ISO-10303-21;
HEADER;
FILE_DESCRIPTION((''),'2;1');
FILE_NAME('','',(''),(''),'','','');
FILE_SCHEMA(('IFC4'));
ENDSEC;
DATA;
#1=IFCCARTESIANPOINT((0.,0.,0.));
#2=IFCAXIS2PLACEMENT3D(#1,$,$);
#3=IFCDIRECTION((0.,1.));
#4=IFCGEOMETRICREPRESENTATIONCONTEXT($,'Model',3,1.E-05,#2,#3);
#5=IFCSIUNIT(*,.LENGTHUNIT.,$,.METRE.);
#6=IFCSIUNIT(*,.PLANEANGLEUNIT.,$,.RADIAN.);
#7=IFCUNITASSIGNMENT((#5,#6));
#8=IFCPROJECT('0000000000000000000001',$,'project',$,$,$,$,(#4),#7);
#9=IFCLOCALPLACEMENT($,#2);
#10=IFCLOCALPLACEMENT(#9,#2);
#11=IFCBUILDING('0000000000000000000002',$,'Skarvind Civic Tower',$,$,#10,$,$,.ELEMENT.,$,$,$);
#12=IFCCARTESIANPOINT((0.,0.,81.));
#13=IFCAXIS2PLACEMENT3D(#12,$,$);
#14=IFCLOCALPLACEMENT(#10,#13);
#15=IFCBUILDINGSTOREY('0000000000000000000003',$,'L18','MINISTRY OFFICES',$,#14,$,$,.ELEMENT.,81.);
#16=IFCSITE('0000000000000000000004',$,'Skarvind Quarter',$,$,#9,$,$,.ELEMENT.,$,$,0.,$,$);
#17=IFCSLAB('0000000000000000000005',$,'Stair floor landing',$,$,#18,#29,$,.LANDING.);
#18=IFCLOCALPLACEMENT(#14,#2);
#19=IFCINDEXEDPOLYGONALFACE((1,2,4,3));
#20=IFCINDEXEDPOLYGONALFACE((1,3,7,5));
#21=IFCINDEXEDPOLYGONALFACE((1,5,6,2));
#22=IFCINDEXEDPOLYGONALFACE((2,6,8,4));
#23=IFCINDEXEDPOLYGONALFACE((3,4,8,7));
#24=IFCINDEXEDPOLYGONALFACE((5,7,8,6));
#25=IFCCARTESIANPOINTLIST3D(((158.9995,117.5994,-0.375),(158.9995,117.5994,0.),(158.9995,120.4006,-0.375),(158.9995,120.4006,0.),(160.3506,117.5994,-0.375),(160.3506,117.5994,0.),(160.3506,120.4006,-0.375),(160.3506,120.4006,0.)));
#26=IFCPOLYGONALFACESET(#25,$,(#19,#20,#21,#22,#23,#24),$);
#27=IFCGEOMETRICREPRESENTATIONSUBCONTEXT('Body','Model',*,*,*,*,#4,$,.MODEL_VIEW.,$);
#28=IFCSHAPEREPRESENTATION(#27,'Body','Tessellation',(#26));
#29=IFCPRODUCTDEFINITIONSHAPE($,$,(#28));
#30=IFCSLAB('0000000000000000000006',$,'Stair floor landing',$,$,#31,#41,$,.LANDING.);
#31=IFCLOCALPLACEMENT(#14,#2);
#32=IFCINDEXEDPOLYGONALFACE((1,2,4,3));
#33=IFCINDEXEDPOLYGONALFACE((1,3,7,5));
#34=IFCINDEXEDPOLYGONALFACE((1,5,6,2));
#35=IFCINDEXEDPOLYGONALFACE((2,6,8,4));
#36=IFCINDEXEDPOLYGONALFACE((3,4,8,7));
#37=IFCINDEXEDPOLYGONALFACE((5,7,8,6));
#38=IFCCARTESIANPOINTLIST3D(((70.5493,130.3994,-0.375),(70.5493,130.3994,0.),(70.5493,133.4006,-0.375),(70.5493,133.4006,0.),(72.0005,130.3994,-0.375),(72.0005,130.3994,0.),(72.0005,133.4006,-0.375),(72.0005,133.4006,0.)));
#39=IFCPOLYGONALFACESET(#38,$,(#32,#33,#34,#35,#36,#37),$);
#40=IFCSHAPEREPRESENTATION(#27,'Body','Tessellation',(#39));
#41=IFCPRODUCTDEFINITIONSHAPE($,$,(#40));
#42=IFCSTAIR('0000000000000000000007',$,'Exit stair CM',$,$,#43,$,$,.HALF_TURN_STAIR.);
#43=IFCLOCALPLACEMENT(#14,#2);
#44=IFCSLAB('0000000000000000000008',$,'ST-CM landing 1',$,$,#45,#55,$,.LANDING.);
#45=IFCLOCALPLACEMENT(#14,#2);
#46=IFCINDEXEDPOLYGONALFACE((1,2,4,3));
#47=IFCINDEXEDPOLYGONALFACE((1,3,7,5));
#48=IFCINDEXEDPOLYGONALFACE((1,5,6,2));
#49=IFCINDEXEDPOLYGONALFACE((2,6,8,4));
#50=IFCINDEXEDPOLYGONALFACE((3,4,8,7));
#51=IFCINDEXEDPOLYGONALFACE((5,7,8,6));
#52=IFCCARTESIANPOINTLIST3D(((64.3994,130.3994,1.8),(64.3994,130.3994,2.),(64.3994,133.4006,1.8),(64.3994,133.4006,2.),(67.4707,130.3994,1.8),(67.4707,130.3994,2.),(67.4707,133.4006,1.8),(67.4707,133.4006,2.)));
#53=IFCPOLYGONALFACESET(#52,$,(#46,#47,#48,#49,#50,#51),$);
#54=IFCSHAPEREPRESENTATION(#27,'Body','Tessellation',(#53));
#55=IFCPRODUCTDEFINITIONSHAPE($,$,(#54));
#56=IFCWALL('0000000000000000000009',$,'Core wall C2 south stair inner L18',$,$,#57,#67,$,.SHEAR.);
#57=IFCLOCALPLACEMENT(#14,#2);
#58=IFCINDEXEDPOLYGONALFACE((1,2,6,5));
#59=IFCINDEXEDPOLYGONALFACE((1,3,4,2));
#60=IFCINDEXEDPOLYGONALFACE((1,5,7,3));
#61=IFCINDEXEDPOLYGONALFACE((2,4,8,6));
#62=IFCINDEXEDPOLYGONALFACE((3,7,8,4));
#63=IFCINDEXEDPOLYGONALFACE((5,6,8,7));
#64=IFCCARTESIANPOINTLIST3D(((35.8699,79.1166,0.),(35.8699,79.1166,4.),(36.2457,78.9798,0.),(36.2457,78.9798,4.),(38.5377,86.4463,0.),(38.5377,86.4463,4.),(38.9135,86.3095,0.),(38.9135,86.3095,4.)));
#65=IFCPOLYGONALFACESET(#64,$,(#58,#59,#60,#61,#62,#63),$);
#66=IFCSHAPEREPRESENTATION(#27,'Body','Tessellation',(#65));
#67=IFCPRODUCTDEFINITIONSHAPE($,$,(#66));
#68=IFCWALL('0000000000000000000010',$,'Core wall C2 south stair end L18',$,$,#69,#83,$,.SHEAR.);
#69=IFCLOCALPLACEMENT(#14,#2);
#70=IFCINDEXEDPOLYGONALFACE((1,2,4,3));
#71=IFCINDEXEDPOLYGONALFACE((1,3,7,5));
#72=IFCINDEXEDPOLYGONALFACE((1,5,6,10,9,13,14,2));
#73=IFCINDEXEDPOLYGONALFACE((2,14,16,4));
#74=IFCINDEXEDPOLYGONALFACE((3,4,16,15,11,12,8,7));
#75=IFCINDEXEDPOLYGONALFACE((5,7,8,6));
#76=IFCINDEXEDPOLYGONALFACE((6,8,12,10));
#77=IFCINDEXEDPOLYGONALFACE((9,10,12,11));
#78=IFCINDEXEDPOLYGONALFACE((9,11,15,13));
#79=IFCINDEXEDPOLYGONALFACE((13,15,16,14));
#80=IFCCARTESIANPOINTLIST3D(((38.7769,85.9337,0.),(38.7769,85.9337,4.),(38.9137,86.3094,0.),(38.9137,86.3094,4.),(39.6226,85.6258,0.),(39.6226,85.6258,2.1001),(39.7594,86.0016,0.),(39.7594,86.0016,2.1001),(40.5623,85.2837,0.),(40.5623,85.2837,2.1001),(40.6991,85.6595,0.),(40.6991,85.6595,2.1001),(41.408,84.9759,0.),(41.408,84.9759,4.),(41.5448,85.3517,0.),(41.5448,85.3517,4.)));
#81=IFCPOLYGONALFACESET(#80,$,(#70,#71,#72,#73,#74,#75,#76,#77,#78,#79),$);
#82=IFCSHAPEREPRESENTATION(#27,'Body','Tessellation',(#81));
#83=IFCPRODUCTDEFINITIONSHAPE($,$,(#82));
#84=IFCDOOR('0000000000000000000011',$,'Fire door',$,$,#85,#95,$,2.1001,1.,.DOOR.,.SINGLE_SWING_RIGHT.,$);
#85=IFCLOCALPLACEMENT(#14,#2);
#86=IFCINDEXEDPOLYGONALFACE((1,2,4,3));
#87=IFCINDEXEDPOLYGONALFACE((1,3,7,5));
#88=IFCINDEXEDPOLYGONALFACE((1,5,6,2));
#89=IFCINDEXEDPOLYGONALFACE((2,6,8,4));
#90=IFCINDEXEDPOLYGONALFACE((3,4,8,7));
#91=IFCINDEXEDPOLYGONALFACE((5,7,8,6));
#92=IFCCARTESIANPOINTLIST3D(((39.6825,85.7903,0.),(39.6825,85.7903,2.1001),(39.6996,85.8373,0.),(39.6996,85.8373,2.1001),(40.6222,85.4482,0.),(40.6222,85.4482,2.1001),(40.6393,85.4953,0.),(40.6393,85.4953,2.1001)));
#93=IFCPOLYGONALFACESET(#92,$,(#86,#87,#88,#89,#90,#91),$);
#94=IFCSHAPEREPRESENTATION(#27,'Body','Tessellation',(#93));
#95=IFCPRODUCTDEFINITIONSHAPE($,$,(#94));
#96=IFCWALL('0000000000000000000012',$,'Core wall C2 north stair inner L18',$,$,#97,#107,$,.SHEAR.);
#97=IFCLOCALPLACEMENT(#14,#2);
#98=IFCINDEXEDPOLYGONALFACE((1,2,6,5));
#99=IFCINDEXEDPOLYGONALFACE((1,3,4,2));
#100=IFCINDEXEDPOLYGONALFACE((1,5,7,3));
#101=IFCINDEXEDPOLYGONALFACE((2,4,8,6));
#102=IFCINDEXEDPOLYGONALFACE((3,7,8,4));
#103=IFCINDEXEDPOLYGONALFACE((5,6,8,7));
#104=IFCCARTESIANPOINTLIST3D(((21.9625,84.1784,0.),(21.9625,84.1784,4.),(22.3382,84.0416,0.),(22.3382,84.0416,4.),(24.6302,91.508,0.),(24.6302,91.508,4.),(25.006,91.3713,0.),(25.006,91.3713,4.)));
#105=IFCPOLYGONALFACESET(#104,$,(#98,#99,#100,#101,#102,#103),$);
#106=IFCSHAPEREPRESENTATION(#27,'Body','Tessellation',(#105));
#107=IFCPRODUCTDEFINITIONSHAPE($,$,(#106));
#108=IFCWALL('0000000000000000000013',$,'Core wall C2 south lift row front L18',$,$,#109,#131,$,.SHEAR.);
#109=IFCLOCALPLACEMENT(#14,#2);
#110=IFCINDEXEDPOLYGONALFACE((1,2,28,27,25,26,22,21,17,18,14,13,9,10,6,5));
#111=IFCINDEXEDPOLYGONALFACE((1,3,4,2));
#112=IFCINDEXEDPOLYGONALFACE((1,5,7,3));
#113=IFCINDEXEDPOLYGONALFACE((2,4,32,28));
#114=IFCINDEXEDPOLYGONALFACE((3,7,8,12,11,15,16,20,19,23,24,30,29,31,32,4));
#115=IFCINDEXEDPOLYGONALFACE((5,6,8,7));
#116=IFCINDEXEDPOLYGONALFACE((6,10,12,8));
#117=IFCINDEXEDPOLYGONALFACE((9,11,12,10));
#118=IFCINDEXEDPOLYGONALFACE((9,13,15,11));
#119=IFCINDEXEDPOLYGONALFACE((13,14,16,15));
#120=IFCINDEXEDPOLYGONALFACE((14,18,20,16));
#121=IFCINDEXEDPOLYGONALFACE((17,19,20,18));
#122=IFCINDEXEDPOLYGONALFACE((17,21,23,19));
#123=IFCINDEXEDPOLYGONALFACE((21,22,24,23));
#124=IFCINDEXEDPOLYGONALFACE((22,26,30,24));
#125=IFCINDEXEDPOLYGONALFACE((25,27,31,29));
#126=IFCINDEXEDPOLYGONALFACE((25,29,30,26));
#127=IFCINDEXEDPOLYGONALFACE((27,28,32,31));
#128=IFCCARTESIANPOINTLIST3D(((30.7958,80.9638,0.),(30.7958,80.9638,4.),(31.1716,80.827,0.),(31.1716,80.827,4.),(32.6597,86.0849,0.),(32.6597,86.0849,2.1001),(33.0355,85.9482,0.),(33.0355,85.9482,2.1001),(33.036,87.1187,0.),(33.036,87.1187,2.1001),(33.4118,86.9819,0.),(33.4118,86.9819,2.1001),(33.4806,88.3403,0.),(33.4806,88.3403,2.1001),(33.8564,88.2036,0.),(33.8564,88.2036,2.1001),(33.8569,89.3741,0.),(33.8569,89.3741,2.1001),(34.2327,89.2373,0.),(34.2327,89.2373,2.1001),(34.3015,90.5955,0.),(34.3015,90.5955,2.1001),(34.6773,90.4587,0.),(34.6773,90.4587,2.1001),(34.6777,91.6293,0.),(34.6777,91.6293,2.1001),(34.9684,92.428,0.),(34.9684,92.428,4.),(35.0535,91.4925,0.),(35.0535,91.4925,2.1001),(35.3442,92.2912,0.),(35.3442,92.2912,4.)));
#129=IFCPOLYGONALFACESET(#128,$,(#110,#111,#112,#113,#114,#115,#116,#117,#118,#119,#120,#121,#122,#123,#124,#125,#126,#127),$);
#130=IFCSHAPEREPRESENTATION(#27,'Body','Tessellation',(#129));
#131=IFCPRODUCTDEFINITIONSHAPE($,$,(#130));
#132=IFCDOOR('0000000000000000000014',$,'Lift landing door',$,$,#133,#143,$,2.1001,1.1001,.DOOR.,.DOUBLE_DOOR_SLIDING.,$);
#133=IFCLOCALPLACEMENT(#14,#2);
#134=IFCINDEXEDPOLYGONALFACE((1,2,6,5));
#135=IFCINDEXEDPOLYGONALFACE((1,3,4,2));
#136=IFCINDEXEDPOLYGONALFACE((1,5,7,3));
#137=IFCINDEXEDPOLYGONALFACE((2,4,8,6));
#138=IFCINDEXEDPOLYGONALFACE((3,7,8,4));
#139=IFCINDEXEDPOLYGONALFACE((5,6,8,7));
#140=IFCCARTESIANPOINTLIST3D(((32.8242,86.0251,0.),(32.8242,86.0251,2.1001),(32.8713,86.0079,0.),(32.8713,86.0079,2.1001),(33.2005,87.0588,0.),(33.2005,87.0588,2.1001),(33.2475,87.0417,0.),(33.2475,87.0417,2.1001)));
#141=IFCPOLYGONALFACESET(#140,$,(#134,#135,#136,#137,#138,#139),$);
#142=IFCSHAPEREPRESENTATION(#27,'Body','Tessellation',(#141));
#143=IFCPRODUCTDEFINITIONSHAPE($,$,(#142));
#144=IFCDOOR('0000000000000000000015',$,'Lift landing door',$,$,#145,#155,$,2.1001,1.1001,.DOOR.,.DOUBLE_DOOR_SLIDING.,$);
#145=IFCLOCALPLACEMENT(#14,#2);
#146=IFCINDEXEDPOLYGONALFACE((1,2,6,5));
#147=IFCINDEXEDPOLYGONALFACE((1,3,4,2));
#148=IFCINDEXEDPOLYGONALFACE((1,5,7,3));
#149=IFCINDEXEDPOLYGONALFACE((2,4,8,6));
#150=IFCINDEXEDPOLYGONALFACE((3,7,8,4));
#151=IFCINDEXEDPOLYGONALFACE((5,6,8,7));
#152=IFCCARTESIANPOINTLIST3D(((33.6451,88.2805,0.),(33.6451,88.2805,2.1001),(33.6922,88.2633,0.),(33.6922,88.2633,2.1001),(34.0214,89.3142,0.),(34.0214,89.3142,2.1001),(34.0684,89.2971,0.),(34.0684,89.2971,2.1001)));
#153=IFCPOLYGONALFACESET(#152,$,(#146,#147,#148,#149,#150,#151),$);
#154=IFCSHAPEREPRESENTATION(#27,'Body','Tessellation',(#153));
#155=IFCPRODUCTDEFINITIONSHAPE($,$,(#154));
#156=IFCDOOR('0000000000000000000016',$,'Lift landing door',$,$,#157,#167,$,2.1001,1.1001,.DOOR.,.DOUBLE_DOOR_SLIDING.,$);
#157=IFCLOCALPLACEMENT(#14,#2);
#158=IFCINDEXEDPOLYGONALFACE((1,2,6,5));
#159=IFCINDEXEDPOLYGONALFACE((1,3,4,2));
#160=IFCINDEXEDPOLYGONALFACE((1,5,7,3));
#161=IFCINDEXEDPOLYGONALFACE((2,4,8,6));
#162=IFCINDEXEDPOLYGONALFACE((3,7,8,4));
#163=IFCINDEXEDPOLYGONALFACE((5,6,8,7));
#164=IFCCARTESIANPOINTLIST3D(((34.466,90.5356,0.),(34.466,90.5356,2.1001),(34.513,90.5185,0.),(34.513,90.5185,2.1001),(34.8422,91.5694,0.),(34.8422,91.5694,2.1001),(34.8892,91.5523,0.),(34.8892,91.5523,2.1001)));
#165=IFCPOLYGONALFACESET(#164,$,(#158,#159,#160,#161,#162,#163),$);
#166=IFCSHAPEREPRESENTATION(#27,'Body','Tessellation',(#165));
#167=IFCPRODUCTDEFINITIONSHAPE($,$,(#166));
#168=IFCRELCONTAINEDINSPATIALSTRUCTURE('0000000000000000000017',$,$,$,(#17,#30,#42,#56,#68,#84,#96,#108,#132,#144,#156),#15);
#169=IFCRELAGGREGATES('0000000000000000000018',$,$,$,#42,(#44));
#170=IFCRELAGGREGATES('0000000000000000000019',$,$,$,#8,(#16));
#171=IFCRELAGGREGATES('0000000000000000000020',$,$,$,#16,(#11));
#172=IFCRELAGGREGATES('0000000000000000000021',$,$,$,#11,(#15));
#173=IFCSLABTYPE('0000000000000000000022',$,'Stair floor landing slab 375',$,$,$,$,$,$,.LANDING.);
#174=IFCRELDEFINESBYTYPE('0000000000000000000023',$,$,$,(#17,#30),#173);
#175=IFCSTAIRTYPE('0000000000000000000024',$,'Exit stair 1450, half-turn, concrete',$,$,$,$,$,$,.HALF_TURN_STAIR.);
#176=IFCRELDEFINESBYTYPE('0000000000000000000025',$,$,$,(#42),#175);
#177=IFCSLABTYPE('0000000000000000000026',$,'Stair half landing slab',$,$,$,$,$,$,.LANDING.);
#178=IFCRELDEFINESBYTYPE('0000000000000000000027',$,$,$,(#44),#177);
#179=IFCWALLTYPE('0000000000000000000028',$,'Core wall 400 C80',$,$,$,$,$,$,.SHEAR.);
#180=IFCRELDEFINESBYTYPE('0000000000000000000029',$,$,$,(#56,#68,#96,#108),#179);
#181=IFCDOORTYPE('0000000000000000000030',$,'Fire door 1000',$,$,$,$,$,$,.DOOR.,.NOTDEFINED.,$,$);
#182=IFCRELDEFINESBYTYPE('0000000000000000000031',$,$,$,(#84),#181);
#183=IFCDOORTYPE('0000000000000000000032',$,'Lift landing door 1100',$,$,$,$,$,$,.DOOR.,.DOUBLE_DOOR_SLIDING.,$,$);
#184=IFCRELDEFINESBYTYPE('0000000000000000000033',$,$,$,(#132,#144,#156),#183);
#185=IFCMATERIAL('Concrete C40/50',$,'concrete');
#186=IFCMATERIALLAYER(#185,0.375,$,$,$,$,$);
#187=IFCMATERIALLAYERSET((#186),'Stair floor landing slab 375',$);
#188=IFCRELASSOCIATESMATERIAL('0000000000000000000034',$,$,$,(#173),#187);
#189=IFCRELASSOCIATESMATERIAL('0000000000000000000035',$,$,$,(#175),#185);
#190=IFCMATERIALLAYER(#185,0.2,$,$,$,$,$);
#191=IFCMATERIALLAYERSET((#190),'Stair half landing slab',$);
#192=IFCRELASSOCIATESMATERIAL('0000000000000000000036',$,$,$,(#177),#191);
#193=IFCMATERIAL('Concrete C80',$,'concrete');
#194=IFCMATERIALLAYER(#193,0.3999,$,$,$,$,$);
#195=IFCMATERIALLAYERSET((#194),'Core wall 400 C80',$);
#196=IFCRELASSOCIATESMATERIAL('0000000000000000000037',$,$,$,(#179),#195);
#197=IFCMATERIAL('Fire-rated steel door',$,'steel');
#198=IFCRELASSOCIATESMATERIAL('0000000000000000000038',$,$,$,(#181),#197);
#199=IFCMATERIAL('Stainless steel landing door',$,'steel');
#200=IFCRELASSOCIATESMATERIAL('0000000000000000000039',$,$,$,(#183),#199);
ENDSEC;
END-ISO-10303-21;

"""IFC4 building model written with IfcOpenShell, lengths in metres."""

from ifc_helpers import new_model, si_unit, direction, frame, frame_2d, origin, place, context, subcontext, project, spatial, polyline, rectangle, outline, extrude, material, layer, layer_set, type_object, element, fill, aggregate, save


model = new_model("IFC4")

# Units and contexts
model_context = context("Model", 3, precision=1e-05, world=origin(), true_north=direction((0.0, 1.0)))
body_context = subcontext(model_context, "Body", "Model", "MODEL_VIEW")
ifc_project = project(units=[si_unit("LENGTHUNIT", "METRE"), si_unit("PLANEANGLEUNIT", "RADIAN")], contexts=[model_context])

# Site, building, storey
site_placement = place(None, origin())
site = spatial("IfcSite", under=ifc_project, at=site_placement, Name="Skarvind Quarter", CompositionType="ELEMENT", RefElevation=0.0)
building_placement = place(site_placement, origin())
building = spatial("IfcBuilding", under=site, at=building_placement, Name="Skarvind Civic Tower", CompositionType="ELEMENT")
storey_placement = place(building_placement, frame((0.0, 0.0, 81.0)))
storey = spatial("IfcBuildingStorey", under=building, at=storey_placement, Name="L18", Description="MINISTRY OFFICES", CompositionType="ELEMENT", Elevation=81.0)

# Slabs
ifc_material_1 = material(Name="Concrete C40/50", Category="concrete")
ifc_layer_1 = layer(ifc_material_1, 0.375)
ifc_layer_set_1 = layer_set([ifc_layer_1], Name="Stair floor landing slab 375")
slab_type_1 = type_object("IfcSlabType", Name="Stair floor landing slab 375", PredefinedType="LANDING", material=ifc_layer_set_1)
slab_1_placement = place(storey_placement, frame((0.0, 0.0, -0.375)))
element("IfcSlab", 1, at=slab_1_placement, inside=storey, type_object=slab_type_1, Name="Stair floor landing", PredefinedType="LANDING", context=body_context, shape_type="SweptSolid", body=[
    extrude(outline(polyline([(160.3506, 120.4006), (160.3506, 117.5994), (158.9995, 117.5994), (158.9995, 120.4006), (160.3506, 120.4006)])), origin(), (0.0, 0.0, 1.0), 0.375),
])
slab_2_placement = place(storey_placement, frame((0.0, 0.0, -0.375)))
element("IfcSlab", 2, at=slab_2_placement, inside=storey, type_object=slab_type_1, Name="Stair floor landing", PredefinedType="LANDING", context=body_context, shape_type="SweptSolid", body=[
    extrude(outline(polyline([(70.5493, 130.3994), (70.5493, 133.4006), (72.0005, 133.4006), (72.0005, 130.3994), (70.5493, 130.3994)])), origin(), (0.0, 0.0, 1.0), 0.375),
])

# Stair, slab
stair_type_1 = type_object("IfcStairType", Name="Exit stair 1450, half-turn, concrete", PredefinedType="HALF_TURN_STAIR", material=ifc_material_1)
stair_1_placement = place(storey_placement, origin())
stair_1 = element("IfcStair", 3, at=stair_1_placement, inside=storey, type_object=stair_type_1, Name="Exit stair CM", PredefinedType="HALF_TURN_STAIR")
ifc_layer_2 = layer(ifc_material_1, 0.2)
ifc_layer_set_2 = layer_set([ifc_layer_2], Name="Stair half landing slab")
slab_type_2 = type_object("IfcSlabType", Name="Stair half landing slab", PredefinedType="LANDING", material=ifc_layer_set_2)
slab_3_placement = place(storey_placement, frame((0.0, 0.0, 1.8)))
slab_3 = element("IfcSlab", 4, at=slab_3_placement, type_object=slab_type_2, Name="ST-CM landing 1", PredefinedType="LANDING", context=body_context, shape_type="SweptSolid", body=[
    extrude(outline(polyline([(67.4707, 133.4006), (67.4707, 130.3994), (64.3994, 130.3994), (64.3994, 133.4006), (67.4707, 133.4006)])), origin(), (0.0, 0.0, 1.0), 0.2),
])
aggregate(stair_1, [slab_3])

# Wall
ifc_material_2 = material(Name="Concrete C80", Category="concrete")
ifc_layer_3 = layer(ifc_material_2, 0.3999)
ifc_layer_set_3 = layer_set([ifc_layer_3], Name="Core wall 400 C80")
wall_type_1 = type_object("IfcWallType", Name="Core wall 400 C80", PredefinedType="SHEAR", material=ifc_layer_set_3)
wall_1_placement = place(storey_placement, frame((36.0579, 79.0483, 0.0), z_axis=(0.0, 0.0, 1.0), x_axis=(0.342017, 0.939694, 0.0)))
element("IfcWall", 5, at=wall_1_placement, inside=storey, type_object=wall_type_1, Name="Core wall C2 south stair inner L18", PredefinedType="SHEAR", context=body_context, shape_type="SweptSolid", body=[
    extrude(rectangle(XDim=7.8, YDim=0.3999, at=frame_2d((3.8999, 0.0))), origin(), (0.0, 0.0, 1.0), 4.0),
])

# Wall, opening, door
wall_2_placement = place(storey_placement, frame((41.4763, 85.1638, 0.0), z_axis=(0.0, 0.0, 1.0), x_axis=(-0.939679, 0.342058, 0.0)))
wall_2 = element("IfcWall", 6, at=wall_2_placement, inside=storey, type_object=wall_type_1, Name="Core wall C2 south stair end L18", PredefinedType="SHEAR", context=body_context, shape_type="SweptSolid", body=[
    extrude(rectangle(XDim=2.8, YDim=0.3999, at=frame_2d((1.3999, 0.0))), origin(), (0.0, 0.0, 1.0), 4.0),
])
opening_1_placement = place(wall_2_placement, frame((0.8999, 0.0, 0.0)))
opening_1 = element("IfcOpeningElement", 7, at=opening_1_placement, cuts=wall_2, PredefinedType="OPENING", context=body_context, shape_type="SweptSolid", body=[
    extrude(rectangle(XDim=1.0, YDim=2.1001, at=frame_2d((0.5, 1.05))), frame((0.0, 0.21, 0.0), z_axis=(0.0, -1.0, 0.0), x_axis=(1.0, 0.0, 0.0)), (0.0, 0.0, 1.0), 0.4199),
])
ifc_material_3 = material(Name="Fire-rated steel door", Category="steel")
door_type_1 = type_object("IfcDoorType", Name="Fire door 1000", OperationType="NOTDEFINED", PredefinedType="DOOR", material=ifc_material_3)
door_1_placement = place(opening_1_placement, origin())
door_1 = element("IfcDoor", 8, at=door_1_placement, inside=storey, type_object=door_type_1, Name="Fire door", OperationType="SINGLE_SWING_RIGHT", OverallHeight=2.1001, OverallWidth=1.0, PredefinedType="DOOR", context=body_context, shape_type="SweptSolid", body=[
    extrude(rectangle(XDim=1.0, YDim=2.1001, at=frame_2d((0.5, 1.05))), frame((0.0, 0.0249, 0.0), z_axis=(0.0, -1.0, 0.0), x_axis=(1.0, 0.0, 0.0)), (0.0, 0.0, 1.0), 0.05),
])
fill(opening_1, door_1)

# Wall
wall_3_placement = place(storey_placement, frame((22.1504, 84.1101, 0.0), z_axis=(0.0, 0.0, 1.0), x_axis=(0.342017, 0.939694, 0.0)))
element("IfcWall", 9, at=wall_3_placement, inside=storey, type_object=wall_type_1, Name="Core wall C2 north stair inner L18", PredefinedType="SHEAR", context=body_context, shape_type="SweptSolid", body=[
    extrude(rectangle(XDim=7.8, YDim=0.3999, at=frame_2d((3.8999, 0.0))), origin(), (0.0, 0.0, 1.0), 4.0),
])

# Wall, openings, doors
wall_4_placement = place(storey_placement, frame((30.9836, 80.8953, 0.0), z_axis=(0.0, 0.0, 1.0), x_axis=(0.342021, 0.939692, 0.0)))
wall_4 = element("IfcWall", 10, at=wall_4_placement, inside=storey, type_object=wall_type_1, Name="Core wall C2 south lift row front L18", PredefinedType="SHEAR", context=body_context, shape_type="SweptSolid", body=[
    extrude(rectangle(XDim=12.2, YDim=0.3999, at=frame_2d((6.1001, 0.0))), origin(), (0.0, 0.0, 1.0), 4.0),
])
opening_2_placement = place(wall_4_placement, frame((5.45, 0.0, 0.0)))
opening_2 = element("IfcOpeningElement", 11, at=opening_2_placement, cuts=wall_4, PredefinedType="OPENING", context=body_context, shape_type="SweptSolid", body=[
    extrude(rectangle(XDim=1.1001, YDim=2.1001, at=frame_2d((0.55, 1.05))), frame((0.0, 0.21, 0.0), z_axis=(0.0, -1.0, 0.0), x_axis=(1.0, 0.0, 0.0)), (0.0, 0.0, 1.0), 0.4199),
])
opening_3_placement = place(wall_4_placement, frame((7.8501, 0.0, 0.0)))
opening_3 = element("IfcOpeningElement", 12, at=opening_3_placement, cuts=wall_4, PredefinedType="OPENING", context=body_context, shape_type="SweptSolid", body=[
    extrude(rectangle(XDim=1.1001, YDim=2.1001, at=frame_2d((0.55, 1.05))), frame((0.0, 0.21, 0.0), z_axis=(0.0, -1.0, 0.0), x_axis=(1.0, 0.0, 0.0)), (0.0, 0.0, 1.0), 0.4199),
])
opening_4_placement = place(wall_4_placement, frame((10.25, 0.0, 0.0)))
opening_4 = element("IfcOpeningElement", 13, at=opening_4_placement, cuts=wall_4, PredefinedType="OPENING", context=body_context, shape_type="SweptSolid", body=[
    extrude(rectangle(XDim=1.1001, YDim=2.1001, at=frame_2d((0.55, 1.05))), frame((0.0, 0.21, 0.0), z_axis=(0.0, -1.0, 0.0), x_axis=(1.0, 0.0, 0.0)), (0.0, 0.0, 1.0), 0.4199),
])
ifc_material_4 = material(Name="Stainless steel landing door", Category="steel")
door_type_2 = type_object("IfcDoorType", Name="Lift landing door 1100", OperationType="DOUBLE_DOOR_SLIDING", PredefinedType="DOOR", material=ifc_material_4)
door_2_placement = place(opening_2_placement, origin())
door_2 = element("IfcDoor", 14, at=door_2_placement, inside=storey, type_object=door_type_2, Name="Lift landing door", OperationType="DOUBLE_DOOR_SLIDING", OverallHeight=2.1001, OverallWidth=1.1001, PredefinedType="DOOR", context=body_context, shape_type="SweptSolid", body=[
    extrude(rectangle(XDim=1.1001, YDim=2.1001, at=frame_2d((0.55, 1.05))), frame((0.0, 0.0249, 0.0), z_axis=(0.0, -1.0, 0.0), x_axis=(1.0, 0.0, 0.0)), (0.0, 0.0, 1.0), 0.05),
])
fill(opening_2, door_2)
door_3_placement = place(opening_3_placement, origin())
door_3 = element("IfcDoor", 15, at=door_3_placement, inside=storey, type_object=door_type_2, Name="Lift landing door", OperationType="DOUBLE_DOOR_SLIDING", OverallHeight=2.1001, OverallWidth=1.1001, PredefinedType="DOOR", context=body_context, shape_type="SweptSolid", body=[
    extrude(rectangle(XDim=1.1001, YDim=2.1001, at=frame_2d((0.55, 1.05))), frame((0.0, 0.0249, 0.0), z_axis=(0.0, -1.0, 0.0), x_axis=(1.0, 0.0, 0.0)), (0.0, 0.0, 1.0), 0.05),
])
fill(opening_3, door_3)
door_4_placement = place(opening_4_placement, origin())
door_4 = element("IfcDoor", 16, at=door_4_placement, inside=storey, type_object=door_type_2, Name="Lift landing door", OperationType="DOUBLE_DOOR_SLIDING", OverallHeight=2.1001, OverallWidth=1.1001, PredefinedType="DOOR", context=body_context, shape_type="SweptSolid", body=[
    extrude(rectangle(XDim=1.1001, YDim=2.1001, at=frame_2d((0.55, 1.05))), frame((0.0, 0.0249, 0.0), z_axis=(0.0, -1.0, 0.0), x_axis=(1.0, 0.0, 0.0)), (0.0, 0.0, 1.0), 0.05),
])
fill(opening_4, door_4)

save(model, "model.ifc")
